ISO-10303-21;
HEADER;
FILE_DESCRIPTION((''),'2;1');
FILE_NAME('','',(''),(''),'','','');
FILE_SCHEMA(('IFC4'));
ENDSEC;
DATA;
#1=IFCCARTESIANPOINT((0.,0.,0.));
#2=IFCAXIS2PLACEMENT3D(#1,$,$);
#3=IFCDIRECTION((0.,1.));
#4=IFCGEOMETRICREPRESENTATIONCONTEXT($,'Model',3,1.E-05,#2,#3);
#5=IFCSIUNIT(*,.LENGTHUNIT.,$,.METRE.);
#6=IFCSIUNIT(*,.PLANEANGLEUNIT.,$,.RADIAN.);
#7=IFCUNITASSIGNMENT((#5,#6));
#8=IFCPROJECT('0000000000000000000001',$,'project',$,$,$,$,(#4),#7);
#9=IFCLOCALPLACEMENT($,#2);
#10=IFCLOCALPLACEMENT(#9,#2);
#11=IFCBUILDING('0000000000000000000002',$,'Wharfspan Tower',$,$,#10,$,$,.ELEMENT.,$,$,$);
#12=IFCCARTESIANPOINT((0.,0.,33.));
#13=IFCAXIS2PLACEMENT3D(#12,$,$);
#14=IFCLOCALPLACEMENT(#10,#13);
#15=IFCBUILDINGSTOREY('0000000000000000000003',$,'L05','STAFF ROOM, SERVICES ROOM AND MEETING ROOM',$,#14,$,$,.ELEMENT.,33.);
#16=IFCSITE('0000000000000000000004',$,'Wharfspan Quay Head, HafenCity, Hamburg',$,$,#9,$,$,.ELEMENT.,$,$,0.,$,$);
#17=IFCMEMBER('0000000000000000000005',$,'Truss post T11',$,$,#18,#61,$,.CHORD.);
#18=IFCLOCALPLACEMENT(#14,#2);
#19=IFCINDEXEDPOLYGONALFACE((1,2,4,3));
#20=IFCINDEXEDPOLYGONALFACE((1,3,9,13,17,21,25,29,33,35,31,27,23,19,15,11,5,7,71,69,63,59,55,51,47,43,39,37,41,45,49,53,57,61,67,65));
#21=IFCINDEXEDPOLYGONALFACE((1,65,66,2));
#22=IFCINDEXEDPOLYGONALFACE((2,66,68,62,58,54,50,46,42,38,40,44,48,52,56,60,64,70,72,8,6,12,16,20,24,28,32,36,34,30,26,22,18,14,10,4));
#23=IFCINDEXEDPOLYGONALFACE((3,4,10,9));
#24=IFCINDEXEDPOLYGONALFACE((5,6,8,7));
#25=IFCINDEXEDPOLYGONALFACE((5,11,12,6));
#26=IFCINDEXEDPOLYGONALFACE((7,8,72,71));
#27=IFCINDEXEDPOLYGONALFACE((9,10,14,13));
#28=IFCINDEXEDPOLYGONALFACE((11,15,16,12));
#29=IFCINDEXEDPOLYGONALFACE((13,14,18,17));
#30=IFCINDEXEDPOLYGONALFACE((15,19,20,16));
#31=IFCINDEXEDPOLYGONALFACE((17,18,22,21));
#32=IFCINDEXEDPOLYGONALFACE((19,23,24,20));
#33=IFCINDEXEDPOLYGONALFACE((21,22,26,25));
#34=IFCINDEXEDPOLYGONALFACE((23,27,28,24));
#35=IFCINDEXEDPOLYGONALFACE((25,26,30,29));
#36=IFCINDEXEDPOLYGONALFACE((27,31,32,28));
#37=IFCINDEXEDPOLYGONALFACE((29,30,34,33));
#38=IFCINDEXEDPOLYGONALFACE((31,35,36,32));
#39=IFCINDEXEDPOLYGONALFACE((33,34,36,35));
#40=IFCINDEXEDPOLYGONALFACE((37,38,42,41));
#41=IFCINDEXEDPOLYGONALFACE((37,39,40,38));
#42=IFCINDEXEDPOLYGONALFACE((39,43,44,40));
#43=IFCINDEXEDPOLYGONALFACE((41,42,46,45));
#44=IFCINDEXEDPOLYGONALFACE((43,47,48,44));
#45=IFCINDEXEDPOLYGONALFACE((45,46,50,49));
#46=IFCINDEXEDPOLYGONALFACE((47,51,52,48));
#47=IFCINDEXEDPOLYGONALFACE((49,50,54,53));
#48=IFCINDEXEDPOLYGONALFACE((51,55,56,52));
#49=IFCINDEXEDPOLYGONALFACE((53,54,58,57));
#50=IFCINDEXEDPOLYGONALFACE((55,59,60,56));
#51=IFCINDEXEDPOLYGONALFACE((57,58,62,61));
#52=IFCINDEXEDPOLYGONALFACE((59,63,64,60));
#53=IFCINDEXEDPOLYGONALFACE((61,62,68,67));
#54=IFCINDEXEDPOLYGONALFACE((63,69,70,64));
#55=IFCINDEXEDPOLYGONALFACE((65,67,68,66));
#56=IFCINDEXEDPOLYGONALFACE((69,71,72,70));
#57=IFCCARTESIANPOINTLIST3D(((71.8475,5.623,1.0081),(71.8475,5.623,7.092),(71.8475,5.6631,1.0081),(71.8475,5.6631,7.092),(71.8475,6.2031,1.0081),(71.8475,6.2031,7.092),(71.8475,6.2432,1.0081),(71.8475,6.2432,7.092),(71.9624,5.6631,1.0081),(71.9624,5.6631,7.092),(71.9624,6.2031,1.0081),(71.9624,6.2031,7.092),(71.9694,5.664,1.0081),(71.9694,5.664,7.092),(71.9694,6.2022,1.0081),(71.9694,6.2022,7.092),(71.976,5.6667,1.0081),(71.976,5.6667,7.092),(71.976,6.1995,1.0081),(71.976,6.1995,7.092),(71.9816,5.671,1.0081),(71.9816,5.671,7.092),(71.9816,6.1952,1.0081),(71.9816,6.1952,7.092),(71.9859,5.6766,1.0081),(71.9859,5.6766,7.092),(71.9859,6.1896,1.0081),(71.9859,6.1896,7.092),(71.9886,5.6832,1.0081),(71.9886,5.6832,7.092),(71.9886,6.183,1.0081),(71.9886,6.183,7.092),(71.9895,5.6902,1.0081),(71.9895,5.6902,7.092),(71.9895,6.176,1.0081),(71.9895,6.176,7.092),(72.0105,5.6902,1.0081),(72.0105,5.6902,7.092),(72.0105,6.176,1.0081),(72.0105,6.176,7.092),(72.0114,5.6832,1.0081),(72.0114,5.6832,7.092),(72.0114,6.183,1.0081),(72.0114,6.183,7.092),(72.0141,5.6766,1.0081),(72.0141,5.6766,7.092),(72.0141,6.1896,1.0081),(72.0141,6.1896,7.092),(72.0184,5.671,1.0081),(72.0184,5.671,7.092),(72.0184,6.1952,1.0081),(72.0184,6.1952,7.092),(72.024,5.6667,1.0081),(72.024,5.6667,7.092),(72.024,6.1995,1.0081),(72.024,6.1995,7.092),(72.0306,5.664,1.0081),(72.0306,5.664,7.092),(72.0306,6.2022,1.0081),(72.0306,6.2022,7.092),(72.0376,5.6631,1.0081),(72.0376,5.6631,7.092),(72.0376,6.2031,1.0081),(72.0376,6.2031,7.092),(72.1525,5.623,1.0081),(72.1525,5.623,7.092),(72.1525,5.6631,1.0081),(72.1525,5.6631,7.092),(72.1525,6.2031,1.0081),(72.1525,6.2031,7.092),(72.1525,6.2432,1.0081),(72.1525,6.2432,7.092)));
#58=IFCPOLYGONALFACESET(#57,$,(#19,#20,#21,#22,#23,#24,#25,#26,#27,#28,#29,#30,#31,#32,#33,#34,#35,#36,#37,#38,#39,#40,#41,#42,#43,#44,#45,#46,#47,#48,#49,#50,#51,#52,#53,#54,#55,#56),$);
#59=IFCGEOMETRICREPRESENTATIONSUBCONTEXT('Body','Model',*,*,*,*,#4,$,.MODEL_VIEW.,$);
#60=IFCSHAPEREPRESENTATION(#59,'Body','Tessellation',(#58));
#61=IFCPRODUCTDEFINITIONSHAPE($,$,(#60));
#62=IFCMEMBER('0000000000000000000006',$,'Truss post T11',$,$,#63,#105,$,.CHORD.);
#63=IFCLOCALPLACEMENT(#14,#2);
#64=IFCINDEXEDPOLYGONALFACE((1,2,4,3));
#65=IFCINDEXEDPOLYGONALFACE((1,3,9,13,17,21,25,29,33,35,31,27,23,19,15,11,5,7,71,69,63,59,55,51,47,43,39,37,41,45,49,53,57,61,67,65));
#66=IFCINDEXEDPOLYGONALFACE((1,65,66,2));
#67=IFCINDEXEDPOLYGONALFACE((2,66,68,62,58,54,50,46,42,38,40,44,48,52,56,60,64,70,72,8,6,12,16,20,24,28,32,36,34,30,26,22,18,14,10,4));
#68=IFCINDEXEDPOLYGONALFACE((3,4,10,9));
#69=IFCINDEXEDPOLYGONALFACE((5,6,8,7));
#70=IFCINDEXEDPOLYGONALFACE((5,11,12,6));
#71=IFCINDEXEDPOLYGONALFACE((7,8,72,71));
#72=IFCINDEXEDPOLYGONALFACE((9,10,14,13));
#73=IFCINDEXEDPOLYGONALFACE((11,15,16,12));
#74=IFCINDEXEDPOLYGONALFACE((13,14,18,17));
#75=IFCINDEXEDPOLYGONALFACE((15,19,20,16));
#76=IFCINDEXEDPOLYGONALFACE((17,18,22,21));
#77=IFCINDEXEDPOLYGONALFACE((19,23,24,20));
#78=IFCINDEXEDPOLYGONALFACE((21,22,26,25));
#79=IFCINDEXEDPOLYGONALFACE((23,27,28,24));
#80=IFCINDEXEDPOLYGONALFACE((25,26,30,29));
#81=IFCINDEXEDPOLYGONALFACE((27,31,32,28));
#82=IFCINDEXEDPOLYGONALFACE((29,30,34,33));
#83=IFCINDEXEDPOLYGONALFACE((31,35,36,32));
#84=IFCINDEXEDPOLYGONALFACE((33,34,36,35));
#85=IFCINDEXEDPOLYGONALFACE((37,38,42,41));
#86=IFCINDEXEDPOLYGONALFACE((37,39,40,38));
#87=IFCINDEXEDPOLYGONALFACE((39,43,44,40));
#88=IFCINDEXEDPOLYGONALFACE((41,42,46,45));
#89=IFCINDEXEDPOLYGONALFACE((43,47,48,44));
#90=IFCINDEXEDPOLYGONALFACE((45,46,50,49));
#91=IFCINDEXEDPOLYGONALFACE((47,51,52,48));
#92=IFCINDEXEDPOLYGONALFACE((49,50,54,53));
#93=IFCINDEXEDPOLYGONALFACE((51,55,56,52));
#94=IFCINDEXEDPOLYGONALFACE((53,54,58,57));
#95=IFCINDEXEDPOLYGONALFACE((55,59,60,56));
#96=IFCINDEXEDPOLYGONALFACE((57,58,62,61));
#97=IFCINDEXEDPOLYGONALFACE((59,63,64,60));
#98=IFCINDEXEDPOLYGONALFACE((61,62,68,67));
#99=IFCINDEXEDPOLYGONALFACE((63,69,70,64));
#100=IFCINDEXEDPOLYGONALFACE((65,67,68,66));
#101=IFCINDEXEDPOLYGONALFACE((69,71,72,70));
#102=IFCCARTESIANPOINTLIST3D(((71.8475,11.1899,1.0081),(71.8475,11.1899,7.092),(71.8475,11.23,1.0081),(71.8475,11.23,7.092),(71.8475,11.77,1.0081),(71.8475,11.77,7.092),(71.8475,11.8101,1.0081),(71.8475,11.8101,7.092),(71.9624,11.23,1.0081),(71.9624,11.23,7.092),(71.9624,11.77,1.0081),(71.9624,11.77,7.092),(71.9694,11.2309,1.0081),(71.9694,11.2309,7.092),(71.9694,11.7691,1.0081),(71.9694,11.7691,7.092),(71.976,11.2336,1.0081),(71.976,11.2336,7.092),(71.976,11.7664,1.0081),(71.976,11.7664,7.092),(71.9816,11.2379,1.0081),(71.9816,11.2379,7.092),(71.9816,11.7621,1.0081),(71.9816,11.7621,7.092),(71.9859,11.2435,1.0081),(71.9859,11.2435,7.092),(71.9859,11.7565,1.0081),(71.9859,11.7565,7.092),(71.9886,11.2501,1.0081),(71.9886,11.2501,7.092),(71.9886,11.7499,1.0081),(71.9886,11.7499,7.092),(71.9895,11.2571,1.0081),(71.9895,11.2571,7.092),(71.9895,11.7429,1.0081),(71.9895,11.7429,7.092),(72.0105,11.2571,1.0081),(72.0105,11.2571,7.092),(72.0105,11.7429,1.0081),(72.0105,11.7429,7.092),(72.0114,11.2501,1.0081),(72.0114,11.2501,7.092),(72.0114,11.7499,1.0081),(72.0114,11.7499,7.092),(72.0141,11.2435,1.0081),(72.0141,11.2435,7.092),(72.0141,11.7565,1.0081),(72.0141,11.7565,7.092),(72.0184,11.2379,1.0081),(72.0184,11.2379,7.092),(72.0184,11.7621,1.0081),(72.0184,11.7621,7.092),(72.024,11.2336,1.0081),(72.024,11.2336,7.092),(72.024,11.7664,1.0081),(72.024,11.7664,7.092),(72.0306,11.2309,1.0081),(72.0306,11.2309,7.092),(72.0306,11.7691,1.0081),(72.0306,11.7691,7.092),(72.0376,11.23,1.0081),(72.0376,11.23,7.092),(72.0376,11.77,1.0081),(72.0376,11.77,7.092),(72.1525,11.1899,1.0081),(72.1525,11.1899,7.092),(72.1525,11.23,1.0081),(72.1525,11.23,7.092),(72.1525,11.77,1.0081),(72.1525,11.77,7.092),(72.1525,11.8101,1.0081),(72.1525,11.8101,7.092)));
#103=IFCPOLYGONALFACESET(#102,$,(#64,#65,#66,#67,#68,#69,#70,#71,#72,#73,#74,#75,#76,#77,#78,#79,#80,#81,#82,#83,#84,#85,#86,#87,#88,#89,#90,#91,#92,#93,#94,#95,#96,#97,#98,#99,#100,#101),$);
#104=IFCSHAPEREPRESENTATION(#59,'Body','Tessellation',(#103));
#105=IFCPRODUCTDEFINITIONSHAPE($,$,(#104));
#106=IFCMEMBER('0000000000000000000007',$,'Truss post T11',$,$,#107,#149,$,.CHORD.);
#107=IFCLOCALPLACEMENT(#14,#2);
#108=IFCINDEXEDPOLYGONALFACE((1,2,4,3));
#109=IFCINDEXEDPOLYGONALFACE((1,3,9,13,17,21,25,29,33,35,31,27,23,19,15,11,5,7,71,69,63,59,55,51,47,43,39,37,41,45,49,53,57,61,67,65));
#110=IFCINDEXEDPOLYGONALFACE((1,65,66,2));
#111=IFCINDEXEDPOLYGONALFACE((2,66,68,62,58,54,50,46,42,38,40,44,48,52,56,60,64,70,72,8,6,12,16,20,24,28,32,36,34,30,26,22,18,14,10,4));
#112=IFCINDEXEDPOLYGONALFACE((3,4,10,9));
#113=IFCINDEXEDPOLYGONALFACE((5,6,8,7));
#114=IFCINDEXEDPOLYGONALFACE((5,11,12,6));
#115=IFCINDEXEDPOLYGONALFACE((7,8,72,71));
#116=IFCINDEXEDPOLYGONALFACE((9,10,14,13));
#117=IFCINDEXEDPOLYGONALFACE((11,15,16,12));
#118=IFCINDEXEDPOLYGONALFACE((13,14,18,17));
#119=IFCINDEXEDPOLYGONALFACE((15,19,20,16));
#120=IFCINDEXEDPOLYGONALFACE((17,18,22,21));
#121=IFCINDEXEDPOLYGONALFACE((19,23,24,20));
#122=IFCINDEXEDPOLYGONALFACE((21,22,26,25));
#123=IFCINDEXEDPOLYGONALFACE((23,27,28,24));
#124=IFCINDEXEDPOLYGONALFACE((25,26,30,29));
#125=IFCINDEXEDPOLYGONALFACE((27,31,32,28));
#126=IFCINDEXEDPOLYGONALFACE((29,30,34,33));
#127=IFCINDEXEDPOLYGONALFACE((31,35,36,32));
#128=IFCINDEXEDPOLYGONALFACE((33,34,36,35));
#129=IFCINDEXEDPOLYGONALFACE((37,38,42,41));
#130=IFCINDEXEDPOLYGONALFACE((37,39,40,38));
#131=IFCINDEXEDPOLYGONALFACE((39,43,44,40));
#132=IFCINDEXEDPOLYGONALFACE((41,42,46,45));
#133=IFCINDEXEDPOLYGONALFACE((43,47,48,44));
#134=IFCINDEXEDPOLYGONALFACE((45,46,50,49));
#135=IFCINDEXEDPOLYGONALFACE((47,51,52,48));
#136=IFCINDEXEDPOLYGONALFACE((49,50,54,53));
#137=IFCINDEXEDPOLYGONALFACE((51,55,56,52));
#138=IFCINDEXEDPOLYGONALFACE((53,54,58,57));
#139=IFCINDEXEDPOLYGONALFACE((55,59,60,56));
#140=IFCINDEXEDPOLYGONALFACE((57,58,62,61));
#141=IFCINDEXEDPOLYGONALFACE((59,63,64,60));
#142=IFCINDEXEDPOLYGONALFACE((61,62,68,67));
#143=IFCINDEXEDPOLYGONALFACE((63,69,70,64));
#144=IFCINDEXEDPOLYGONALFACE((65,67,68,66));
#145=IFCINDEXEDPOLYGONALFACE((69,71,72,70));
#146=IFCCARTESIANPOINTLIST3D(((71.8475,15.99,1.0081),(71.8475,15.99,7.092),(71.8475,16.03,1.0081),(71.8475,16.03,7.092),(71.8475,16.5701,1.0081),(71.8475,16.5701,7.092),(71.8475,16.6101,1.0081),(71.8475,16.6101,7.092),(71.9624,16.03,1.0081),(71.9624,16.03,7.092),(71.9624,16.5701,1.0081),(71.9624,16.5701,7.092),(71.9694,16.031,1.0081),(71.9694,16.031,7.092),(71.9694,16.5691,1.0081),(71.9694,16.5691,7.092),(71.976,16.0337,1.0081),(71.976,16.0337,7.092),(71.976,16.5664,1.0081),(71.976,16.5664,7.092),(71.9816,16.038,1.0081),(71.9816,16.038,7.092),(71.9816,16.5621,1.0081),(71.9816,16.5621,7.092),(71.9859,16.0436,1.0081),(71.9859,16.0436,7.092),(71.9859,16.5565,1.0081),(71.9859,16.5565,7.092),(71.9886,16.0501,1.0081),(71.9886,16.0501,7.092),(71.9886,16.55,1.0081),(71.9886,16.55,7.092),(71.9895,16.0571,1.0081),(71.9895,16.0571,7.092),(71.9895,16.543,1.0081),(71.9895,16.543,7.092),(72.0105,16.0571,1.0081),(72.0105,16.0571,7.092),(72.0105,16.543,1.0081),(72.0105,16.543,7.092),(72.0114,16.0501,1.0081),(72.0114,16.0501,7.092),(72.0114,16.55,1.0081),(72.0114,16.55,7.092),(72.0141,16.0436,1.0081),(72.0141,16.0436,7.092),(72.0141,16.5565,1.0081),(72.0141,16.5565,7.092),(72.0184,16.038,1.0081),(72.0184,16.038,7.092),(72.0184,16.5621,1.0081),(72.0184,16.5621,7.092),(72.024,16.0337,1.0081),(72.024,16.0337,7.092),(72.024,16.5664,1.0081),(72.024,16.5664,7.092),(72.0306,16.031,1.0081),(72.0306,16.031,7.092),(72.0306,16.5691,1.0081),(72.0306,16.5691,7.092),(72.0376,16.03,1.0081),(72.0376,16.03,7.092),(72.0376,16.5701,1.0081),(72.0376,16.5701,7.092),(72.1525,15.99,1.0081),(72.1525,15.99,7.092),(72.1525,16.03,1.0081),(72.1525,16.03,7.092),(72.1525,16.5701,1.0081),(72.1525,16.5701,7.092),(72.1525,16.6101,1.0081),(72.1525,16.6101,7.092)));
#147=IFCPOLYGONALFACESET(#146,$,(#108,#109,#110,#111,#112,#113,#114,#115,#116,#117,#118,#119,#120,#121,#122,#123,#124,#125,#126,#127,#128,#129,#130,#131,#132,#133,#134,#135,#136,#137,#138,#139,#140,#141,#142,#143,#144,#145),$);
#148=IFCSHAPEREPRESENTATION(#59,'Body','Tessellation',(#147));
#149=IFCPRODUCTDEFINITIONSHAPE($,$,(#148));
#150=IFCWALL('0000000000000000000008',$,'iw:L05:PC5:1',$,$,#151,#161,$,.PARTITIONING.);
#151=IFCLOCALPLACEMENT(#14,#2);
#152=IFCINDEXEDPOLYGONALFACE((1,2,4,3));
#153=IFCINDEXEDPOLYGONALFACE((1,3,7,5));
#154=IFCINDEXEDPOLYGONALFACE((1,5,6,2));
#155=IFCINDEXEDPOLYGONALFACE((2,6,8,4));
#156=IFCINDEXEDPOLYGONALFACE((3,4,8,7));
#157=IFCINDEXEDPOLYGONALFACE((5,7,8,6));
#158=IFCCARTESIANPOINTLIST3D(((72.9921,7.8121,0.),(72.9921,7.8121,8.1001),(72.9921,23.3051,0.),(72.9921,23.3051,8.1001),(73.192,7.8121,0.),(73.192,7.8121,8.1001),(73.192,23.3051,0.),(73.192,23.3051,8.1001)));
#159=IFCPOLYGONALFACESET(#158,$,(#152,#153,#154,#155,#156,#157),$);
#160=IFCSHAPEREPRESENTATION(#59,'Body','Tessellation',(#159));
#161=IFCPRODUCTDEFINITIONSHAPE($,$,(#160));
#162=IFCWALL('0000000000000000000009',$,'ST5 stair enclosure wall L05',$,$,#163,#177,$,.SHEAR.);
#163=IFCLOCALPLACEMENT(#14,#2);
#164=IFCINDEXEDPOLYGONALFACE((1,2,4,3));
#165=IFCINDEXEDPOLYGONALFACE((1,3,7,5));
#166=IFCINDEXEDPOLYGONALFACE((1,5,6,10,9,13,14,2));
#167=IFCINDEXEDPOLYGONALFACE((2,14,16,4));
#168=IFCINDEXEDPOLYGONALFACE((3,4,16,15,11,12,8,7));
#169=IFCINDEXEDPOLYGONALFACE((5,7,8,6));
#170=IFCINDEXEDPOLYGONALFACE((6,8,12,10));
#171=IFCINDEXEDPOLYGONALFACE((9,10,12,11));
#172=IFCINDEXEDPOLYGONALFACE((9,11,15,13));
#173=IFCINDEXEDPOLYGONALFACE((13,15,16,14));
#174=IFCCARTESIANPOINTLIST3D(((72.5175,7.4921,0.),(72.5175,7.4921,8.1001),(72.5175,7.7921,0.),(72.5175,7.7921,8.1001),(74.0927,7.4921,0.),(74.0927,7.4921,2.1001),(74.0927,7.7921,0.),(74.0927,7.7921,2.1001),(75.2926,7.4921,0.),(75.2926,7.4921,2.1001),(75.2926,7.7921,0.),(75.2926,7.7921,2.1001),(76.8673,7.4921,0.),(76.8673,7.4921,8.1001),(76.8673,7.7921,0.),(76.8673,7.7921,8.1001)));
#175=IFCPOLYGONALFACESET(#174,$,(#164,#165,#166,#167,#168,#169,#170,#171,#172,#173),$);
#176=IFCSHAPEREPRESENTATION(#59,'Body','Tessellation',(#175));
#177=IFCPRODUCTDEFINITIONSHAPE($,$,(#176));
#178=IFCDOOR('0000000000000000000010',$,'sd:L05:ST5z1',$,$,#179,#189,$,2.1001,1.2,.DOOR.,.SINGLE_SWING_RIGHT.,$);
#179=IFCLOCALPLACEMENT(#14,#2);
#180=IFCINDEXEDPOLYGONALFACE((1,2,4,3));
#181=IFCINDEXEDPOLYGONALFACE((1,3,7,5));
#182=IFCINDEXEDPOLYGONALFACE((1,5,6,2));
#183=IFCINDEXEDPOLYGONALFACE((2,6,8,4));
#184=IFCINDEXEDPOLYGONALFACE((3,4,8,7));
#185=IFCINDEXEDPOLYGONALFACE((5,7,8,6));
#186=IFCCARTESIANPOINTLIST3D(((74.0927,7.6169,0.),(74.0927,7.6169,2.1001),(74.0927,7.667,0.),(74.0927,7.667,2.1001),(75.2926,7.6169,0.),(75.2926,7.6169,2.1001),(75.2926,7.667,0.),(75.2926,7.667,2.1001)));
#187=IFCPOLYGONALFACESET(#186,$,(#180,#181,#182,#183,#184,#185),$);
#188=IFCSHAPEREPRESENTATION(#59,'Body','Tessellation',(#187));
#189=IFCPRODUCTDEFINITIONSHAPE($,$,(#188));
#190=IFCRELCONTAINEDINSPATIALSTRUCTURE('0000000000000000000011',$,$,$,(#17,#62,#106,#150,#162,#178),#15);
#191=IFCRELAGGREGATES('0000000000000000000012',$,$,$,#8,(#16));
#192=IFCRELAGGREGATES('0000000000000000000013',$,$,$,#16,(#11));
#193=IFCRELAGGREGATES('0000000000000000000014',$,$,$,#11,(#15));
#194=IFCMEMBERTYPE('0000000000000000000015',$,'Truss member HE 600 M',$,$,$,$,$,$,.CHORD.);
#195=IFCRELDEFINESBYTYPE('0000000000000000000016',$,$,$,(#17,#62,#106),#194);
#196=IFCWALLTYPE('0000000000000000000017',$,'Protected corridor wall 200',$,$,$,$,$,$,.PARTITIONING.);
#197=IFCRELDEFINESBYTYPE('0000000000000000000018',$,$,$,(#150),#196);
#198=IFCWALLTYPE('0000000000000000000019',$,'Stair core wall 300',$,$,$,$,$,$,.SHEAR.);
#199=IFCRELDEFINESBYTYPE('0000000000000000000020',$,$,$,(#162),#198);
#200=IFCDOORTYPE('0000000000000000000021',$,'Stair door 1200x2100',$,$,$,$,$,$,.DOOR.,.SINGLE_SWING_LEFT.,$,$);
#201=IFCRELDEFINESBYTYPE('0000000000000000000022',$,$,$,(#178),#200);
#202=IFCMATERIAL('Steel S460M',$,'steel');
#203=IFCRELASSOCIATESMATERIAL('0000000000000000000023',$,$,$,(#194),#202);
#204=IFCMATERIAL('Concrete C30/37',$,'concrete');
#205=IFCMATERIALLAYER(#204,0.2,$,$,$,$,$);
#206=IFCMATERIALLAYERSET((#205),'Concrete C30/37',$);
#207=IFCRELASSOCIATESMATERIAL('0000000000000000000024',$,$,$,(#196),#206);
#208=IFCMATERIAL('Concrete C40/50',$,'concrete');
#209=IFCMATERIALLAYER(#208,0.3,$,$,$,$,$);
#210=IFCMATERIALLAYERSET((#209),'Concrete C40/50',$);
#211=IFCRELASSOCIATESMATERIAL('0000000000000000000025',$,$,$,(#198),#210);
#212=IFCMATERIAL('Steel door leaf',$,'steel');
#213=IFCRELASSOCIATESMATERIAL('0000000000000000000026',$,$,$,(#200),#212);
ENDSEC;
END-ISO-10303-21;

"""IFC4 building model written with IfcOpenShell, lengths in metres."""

from ifc_helpers import new_model, si_unit, direction, frame, frame_2d, origin, origin_2d, place, context, subcontext, project, spatial, rectangle, i_section, extrude, material, layer, layer_set, material_profile, profile_set, type_object, element, fill, save


model = new_model("IFC4")

# Units and contexts
model_context = context("Model", 3, precision=1e-05, world=origin(), true_north=direction((0.0, 1.0)))
body_context = subcontext(model_context, "Body", "Model", "MODEL_VIEW")
ifc_project = project(units=[si_unit("LENGTHUNIT", "METRE"), si_unit("PLANEANGLEUNIT", "RADIAN")], contexts=[model_context])

# Site, building, storey
site_placement = place(None, origin())
site = spatial("IfcSite", under=ifc_project, at=site_placement, Name="Wharfspan Quay Head, HafenCity, Hamburg", CompositionType="ELEMENT", RefElevation=0.0)
building_placement = place(site_placement, origin())
building = spatial("IfcBuilding", under=site, at=building_placement, Name="Wharfspan Tower", CompositionType="ELEMENT")
storey_placement = place(building_placement, frame((0.0, 0.0, 33.0)))
storey = spatial("IfcBuildingStorey", under=building, at=storey_placement, Name="L05", Description="STAFF ROOM, SERVICES ROOM AND MEETING ROOM", CompositionType="ELEMENT", Elevation=33.0)

# Shared definitions
ifc_material_1 = material(Name="Steel S460M", Category="steel")

# Members
ifc_material_profile_1 = material_profile(ifc_material_1, i_section(OverallWidth=0.3049, OverallDepth=0.6201, WebThickness=0.021, FlangeThickness=0.04, FilletRadius=0.0271, at=origin_2d()))
ifc_profile_set_1 = profile_set([ifc_material_profile_1], Name="Steel S460M")
member_type_1 = type_object("IfcMemberType", Name="Truss member HE 600 M", PredefinedType="CHORD", material=ifc_profile_set_1)
for number, where, z_axis, x_axis, name in (
    (1, (72.0, 5.9331, 1.0081), (0.0, 0.0, 1.0), (1.0, 0.0, 0.0), "Truss post T11"),
    (2, (72.0, 11.5, 1.0081), (0.0, 0.0, 1.0), (1.0, 0.0, 0.0), "Truss post T11"),
    (3, (72.0, 16.3, 1.0081), (0.0, 0.0, 1.0), (1.0, 0.0, 0.0), "Truss post T11"),
):
    element("IfcMember", number, at=place(storey_placement, frame(where, z_axis=z_axis, x_axis=x_axis)), inside=storey, type_object=member_type_1, Name=name, PredefinedType="CHORD", context=body_context, shape_type="SweptSolid", body=[
        extrude(i_section(OverallWidth=0.3049, OverallDepth=0.6201, WebThickness=0.021, FlangeThickness=0.04, FilletRadius=0.0271, at=origin_2d()), origin(), (0.0, 0.0, 1.0), 6.084),
    ])

# Wall
ifc_material_2 = material(Name="Concrete C30/37", Category="concrete")
ifc_layer_1 = layer(ifc_material_2, 0.2)
ifc_layer_set_1 = layer_set([ifc_layer_1], Name="Concrete C30/37")
wall_type_1 = type_object("IfcWallType", Name="Protected corridor wall 200", PredefinedType="PARTITIONING", material=ifc_layer_set_1)
wall_1_placement = place(storey_placement, frame((73.092, 7.812, 0.0), z_axis=(0.0, 0.0, 1.0), x_axis=(0.0, 1.0, 0.0)))
element("IfcWall", 4, at=wall_1_placement, inside=storey, type_object=wall_type_1, Name="iw:L05:PC5:1", PredefinedType="PARTITIONING", context=body_context, shape_type="SweptSolid", body=[
    extrude(rectangle(XDim=15.4929, YDim=0.2, at=frame_2d((7.7466, 0.0))), origin(), (0.0, 0.0, 1.0), 8.1001),
])

# Wall, opening, door
ifc_material_3 = material(Name="Concrete C40/50", Category="concrete")
ifc_layer_2 = layer(ifc_material_3, 0.3)
ifc_layer_set_2 = layer_set([ifc_layer_2], Name="Concrete C40/50")
wall_type_2 = type_object("IfcWallType", Name="Stair core wall 300", PredefinedType="SHEAR", material=ifc_layer_set_2)
wall_2_placement = place(storey_placement, frame((72.5176, 7.6421, 0.0), z_axis=(0.0, 0.0, 1.0), x_axis=(1.0, 0.0, 0.0)))
wall_2 = element("IfcWall", 5, at=wall_2_placement, inside=storey, type_object=wall_type_2, Name="ST5 stair enclosure wall L05", PredefinedType="SHEAR", context=body_context, shape_type="SweptSolid", body=[
    extrude(rectangle(XDim=4.3499, YDim=0.3, at=frame_2d((2.1748, 0.0))), origin(), (0.0, 0.0, 1.0), 8.1001),
])
opening_placement = place(wall_2_placement, frame((1.575, 0.0, 0.0)))
opening = element("IfcOpeningElement", 6, at=opening_placement, cuts=wall_2, PredefinedType="OPENING", context=body_context, shape_type="SweptSolid", body=[
    extrude(rectangle(XDim=1.2, YDim=2.1001, at=frame_2d((0.6001, 1.05))), frame((0.0, 0.1599, 0.0), z_axis=(0.0, -1.0, 0.0), x_axis=(1.0, 0.0, 0.0)), (0.0, 0.0, 1.0), 0.3201),
])
ifc_material_4 = material(Name="Steel door leaf", Category="steel")
door_type = type_object("IfcDoorType", Name="Stair door 1200x2100", OperationType="SINGLE_SWING_LEFT", PredefinedType="DOOR", material=ifc_material_4)
door_placement = place(opening_placement, origin())
door = element("IfcDoor", 7, at=door_placement, inside=storey, type_object=door_type, Name="sd:L05:ST5z1", OperationType="SINGLE_SWING_RIGHT", OverallHeight=2.1001, OverallWidth=1.2, PredefinedType="DOOR", context=body_context, shape_type="SweptSolid", body=[
    extrude(rectangle(XDim=1.2, YDim=2.1001, at=frame_2d((0.6001, 1.05))), frame((0.0, 0.0249, 0.0), z_axis=(0.0, -1.0, 0.0), x_axis=(1.0, 0.0, 0.0)), (0.0, 0.0, 1.0), 0.05),
])
fill(opening, door)

save(model, "model.ifc")
